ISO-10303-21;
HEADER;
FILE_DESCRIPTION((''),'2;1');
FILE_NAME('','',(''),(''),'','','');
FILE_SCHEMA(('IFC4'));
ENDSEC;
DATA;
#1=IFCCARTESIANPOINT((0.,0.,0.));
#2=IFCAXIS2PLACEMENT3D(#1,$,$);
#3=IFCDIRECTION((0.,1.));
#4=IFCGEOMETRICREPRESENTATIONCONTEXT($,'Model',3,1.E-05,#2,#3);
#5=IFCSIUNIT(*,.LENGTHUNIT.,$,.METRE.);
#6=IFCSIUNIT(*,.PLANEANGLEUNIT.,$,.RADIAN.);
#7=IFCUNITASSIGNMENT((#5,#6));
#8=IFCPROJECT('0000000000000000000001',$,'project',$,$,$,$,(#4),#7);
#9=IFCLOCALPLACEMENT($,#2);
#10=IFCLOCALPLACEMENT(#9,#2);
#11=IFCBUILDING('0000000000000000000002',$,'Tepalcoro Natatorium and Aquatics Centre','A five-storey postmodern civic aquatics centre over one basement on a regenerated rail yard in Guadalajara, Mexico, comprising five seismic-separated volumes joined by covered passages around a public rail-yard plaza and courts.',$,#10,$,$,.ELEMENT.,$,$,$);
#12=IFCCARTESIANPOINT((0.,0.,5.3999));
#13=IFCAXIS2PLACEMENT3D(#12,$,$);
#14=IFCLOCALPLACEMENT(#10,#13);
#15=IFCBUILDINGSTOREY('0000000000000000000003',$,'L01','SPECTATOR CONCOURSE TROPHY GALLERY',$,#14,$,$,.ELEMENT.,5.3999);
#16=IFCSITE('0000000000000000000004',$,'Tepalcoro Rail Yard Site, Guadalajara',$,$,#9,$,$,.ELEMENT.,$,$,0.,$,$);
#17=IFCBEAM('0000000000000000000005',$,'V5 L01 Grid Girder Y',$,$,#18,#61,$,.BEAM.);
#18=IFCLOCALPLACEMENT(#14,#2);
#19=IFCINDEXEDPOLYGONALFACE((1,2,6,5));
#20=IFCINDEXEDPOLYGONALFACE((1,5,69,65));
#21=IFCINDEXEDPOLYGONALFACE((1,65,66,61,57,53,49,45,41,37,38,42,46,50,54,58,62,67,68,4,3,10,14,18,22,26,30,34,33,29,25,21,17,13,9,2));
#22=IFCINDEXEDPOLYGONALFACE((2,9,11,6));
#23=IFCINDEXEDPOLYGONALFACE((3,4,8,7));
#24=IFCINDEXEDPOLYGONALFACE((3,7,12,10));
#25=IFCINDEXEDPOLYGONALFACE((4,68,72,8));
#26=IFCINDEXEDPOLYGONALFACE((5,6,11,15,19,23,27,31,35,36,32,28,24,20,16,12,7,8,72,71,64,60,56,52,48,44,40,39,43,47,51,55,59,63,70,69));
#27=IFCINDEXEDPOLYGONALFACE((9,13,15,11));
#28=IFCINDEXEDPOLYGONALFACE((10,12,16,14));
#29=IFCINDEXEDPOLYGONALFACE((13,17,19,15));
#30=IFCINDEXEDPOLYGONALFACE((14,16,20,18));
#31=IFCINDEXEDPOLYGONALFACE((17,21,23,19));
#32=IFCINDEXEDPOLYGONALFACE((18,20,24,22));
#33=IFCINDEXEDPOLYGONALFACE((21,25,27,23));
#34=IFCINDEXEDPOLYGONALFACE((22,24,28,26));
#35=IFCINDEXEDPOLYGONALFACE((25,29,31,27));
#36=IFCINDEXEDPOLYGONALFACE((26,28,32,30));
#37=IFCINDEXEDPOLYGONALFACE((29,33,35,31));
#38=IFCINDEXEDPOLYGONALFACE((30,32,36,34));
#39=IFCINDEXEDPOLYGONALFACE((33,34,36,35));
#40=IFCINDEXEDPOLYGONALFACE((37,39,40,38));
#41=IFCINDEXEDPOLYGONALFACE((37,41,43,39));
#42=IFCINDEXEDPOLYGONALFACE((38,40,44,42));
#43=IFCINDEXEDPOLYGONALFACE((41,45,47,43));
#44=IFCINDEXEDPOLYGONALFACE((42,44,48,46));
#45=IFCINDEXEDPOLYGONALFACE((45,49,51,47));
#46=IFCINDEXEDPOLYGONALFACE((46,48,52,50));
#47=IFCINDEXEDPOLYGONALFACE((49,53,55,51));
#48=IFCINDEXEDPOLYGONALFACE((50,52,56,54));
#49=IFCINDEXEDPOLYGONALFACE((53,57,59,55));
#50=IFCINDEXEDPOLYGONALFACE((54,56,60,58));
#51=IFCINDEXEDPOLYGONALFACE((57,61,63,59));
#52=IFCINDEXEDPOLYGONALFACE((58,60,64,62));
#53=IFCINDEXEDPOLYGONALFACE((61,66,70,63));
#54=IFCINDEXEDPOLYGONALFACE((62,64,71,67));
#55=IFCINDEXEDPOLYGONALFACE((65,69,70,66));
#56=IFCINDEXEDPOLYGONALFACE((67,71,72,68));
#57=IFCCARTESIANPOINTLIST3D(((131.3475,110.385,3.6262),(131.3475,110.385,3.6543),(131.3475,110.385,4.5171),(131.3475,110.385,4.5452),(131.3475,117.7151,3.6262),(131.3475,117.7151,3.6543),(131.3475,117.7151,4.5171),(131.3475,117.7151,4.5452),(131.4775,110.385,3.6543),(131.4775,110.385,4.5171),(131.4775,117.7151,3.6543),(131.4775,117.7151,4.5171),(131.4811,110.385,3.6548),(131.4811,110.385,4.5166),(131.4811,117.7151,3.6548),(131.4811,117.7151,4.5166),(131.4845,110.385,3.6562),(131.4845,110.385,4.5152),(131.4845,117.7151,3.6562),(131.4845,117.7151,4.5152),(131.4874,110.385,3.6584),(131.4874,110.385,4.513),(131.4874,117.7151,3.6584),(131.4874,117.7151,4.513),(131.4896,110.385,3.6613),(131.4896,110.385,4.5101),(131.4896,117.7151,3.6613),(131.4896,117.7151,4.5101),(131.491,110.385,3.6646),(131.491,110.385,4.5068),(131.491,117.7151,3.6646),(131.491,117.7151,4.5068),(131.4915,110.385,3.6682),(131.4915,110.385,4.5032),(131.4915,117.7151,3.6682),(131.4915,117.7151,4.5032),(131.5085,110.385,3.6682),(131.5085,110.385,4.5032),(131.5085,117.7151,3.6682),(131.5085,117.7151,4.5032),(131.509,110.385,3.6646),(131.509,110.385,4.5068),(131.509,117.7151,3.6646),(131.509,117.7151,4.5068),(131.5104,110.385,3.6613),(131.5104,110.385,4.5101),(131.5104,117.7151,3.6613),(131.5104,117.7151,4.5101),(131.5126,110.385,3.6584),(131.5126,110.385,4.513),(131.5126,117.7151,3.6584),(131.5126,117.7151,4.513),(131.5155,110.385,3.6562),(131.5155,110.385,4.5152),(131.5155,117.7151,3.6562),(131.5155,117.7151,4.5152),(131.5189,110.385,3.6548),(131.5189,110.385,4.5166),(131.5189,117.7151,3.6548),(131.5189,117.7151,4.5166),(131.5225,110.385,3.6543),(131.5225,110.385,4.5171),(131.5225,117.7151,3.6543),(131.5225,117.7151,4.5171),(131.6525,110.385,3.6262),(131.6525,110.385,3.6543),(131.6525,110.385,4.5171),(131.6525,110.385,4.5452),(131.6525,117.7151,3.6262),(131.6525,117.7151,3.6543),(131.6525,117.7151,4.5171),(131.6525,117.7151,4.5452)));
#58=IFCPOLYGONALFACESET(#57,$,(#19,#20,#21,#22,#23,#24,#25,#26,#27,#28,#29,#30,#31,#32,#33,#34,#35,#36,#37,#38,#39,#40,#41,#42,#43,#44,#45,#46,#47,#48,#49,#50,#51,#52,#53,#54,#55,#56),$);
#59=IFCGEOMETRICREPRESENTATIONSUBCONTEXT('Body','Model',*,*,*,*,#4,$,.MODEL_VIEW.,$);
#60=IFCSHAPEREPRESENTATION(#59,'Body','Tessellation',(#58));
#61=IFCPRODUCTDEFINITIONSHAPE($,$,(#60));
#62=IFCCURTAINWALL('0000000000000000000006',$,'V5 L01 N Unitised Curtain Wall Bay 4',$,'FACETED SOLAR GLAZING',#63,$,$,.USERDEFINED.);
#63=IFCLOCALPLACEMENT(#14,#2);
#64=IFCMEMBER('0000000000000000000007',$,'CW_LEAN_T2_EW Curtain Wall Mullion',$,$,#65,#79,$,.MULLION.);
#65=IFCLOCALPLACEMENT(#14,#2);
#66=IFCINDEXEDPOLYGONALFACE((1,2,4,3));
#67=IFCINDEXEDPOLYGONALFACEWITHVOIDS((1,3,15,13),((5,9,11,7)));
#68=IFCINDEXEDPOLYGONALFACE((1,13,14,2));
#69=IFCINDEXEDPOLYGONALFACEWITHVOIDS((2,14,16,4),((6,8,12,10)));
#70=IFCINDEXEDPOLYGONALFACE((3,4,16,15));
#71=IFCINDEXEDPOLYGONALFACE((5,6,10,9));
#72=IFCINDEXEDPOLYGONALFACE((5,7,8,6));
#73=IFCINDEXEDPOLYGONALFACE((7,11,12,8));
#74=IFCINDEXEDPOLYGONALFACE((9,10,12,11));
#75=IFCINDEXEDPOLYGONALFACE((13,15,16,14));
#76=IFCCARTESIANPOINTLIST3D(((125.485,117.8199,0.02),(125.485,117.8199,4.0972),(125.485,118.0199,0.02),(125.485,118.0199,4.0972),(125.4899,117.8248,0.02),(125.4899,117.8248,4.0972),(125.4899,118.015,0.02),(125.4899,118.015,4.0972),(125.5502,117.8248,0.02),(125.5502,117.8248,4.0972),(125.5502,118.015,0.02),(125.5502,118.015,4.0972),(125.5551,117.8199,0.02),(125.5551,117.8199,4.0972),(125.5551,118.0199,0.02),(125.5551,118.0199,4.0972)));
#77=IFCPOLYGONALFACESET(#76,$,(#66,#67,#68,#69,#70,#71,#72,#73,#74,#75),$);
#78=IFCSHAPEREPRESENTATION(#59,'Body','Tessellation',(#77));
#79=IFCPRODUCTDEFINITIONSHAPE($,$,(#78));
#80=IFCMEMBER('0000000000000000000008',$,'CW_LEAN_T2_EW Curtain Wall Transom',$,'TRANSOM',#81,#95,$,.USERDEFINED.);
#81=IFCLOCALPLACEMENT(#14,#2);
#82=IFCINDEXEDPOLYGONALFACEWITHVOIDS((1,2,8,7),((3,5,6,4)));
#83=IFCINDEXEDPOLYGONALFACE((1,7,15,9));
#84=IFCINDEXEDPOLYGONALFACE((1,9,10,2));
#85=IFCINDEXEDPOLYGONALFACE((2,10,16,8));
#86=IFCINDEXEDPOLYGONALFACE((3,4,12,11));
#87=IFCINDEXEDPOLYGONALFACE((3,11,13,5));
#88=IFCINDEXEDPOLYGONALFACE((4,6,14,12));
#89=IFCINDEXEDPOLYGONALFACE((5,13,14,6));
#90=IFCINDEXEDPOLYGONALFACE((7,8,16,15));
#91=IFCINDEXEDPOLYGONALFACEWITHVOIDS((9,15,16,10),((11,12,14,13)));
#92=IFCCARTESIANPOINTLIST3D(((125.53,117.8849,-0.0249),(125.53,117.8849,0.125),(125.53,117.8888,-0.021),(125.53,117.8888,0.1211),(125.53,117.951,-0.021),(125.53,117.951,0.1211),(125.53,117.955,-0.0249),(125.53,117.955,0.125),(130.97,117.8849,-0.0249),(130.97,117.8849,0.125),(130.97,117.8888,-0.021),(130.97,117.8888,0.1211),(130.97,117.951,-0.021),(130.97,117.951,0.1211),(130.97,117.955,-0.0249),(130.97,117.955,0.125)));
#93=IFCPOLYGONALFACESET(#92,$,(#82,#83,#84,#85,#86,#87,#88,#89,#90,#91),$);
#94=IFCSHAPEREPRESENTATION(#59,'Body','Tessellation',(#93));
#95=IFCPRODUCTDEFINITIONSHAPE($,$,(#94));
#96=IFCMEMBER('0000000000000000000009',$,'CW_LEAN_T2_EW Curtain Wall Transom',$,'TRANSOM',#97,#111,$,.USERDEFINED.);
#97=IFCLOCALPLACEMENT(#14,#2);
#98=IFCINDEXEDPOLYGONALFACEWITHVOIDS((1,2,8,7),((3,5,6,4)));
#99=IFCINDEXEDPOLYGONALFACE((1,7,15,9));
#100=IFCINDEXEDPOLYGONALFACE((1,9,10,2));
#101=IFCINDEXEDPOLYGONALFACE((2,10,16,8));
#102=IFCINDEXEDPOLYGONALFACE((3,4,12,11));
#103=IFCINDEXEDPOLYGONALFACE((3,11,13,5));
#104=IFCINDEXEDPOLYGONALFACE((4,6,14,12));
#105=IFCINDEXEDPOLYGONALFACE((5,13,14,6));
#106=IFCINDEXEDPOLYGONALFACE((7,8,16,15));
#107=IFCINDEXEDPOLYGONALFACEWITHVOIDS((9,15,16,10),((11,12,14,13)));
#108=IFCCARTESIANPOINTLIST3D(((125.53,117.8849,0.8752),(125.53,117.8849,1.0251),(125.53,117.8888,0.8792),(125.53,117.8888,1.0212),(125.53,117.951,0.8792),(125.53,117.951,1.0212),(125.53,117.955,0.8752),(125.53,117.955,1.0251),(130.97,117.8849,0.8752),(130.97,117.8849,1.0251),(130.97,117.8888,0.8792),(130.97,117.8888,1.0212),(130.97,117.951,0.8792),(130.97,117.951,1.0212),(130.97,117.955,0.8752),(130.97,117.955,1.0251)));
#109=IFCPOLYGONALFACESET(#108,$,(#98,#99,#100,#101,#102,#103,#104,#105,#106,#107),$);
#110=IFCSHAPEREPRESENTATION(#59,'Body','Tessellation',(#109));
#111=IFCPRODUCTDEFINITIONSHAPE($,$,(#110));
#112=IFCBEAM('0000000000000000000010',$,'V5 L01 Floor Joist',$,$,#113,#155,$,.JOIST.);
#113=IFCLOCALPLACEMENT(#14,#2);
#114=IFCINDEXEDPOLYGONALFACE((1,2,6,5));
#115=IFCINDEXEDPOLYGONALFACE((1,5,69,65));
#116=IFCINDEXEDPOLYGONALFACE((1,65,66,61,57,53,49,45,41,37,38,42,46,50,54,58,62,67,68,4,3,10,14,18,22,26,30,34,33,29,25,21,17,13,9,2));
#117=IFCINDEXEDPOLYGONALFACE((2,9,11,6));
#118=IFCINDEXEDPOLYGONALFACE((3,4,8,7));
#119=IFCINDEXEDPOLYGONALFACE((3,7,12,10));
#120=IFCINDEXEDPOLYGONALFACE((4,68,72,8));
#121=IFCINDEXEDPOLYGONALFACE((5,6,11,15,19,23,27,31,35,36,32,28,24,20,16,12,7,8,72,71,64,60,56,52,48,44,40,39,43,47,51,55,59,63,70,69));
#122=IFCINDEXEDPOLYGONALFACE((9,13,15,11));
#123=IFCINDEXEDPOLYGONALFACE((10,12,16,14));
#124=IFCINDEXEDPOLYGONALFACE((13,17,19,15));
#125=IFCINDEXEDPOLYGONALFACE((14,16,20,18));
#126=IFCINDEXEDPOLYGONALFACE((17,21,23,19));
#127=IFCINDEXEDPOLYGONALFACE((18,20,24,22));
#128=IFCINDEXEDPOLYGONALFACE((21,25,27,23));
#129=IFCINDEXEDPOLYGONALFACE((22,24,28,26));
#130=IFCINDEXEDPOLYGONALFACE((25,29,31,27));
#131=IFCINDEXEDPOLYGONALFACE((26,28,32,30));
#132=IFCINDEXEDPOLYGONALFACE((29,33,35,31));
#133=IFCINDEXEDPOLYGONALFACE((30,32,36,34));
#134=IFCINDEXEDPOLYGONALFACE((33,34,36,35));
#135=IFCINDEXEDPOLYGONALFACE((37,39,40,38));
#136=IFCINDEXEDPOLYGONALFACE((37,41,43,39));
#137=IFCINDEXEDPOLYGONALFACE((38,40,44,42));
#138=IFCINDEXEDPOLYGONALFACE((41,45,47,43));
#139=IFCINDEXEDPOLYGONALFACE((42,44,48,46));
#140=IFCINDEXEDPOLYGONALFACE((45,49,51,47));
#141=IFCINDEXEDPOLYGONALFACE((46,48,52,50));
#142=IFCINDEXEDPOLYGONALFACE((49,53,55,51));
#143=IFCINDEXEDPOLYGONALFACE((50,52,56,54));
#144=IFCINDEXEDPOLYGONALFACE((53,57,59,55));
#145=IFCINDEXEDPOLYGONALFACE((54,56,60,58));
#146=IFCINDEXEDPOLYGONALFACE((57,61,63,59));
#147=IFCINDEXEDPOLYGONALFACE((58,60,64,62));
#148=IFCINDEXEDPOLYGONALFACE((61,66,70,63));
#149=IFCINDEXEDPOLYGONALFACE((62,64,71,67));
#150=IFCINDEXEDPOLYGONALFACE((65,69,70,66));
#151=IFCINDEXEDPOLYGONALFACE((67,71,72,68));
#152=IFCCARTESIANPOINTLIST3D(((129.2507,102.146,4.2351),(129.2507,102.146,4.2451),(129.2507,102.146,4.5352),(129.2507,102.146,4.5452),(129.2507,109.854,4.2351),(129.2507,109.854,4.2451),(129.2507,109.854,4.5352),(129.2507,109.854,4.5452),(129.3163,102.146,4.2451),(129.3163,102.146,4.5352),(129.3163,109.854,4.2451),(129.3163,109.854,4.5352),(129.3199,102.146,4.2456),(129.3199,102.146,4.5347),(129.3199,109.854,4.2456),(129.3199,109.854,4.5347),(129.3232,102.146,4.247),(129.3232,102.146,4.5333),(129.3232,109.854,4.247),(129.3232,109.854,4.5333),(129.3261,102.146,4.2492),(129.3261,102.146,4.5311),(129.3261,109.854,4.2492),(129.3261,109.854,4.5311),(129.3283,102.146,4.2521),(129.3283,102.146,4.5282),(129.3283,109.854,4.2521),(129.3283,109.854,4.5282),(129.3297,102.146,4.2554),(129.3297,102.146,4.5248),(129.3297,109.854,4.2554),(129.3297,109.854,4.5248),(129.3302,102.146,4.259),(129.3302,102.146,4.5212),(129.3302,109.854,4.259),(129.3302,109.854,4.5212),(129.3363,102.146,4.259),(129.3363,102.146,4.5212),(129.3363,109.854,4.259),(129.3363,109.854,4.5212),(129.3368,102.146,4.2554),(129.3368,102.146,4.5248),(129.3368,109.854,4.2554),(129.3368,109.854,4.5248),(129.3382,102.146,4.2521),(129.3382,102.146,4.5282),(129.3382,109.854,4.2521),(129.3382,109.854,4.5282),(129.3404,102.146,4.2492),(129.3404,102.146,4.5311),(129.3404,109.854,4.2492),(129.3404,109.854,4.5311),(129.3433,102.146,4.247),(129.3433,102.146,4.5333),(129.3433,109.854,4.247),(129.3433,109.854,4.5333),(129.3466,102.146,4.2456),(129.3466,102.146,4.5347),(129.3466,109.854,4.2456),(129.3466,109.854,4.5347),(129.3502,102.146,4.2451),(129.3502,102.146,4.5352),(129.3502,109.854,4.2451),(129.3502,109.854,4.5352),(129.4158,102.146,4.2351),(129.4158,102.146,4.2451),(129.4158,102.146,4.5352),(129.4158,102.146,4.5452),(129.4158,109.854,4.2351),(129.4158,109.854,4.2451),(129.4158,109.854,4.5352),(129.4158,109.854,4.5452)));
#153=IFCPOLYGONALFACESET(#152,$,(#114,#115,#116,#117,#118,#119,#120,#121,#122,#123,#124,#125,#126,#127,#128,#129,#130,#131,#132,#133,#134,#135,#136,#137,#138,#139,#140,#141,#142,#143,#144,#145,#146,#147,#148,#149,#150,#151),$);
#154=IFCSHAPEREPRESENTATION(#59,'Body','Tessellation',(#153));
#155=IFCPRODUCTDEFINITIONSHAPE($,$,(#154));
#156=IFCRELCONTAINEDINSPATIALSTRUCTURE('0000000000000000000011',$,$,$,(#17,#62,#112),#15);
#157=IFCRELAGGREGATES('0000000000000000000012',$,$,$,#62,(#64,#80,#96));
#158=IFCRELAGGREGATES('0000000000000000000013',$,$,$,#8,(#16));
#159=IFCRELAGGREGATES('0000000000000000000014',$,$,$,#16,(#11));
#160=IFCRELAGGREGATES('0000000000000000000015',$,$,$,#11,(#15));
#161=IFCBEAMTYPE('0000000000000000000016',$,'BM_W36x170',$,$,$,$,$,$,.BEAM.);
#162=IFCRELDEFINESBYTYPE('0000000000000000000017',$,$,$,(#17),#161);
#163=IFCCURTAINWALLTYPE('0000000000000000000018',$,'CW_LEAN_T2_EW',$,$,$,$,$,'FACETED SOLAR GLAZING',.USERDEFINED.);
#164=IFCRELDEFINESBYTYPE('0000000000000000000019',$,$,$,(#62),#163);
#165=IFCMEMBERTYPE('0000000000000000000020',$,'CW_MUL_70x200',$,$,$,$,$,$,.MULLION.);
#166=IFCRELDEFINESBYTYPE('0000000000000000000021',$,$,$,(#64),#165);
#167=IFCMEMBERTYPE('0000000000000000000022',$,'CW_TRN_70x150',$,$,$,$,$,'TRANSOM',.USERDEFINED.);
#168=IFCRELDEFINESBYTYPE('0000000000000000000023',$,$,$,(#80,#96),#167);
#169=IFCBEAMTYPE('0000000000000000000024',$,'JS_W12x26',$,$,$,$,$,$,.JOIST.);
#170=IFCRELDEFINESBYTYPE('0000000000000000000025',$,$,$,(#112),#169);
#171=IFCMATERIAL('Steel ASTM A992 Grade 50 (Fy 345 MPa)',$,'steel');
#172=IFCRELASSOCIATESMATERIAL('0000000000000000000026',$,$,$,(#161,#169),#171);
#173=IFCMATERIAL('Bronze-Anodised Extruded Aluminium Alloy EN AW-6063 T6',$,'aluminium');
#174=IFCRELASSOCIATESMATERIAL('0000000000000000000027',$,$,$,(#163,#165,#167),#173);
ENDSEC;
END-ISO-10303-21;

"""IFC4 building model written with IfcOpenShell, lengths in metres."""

from ifc_helpers import new_model, si_unit, direction, frame, origin, origin_2d, place, context, subcontext, project, spatial, hollow_rectangle, i_section, extrude, material, material_profile, profile_set, type_object, element, aggregate, save


model = new_model("IFC4")

# Units and contexts
model_context = context("Model", 3, precision=1e-05, world=origin(), true_north=direction((0.0, 1.0)))
body_context = subcontext(model_context, "Body", "Model", "MODEL_VIEW")
ifc_project = project(units=[si_unit("LENGTHUNIT", "METRE"), si_unit("PLANEANGLEUNIT", "RADIAN")], contexts=[model_context])

# Site, building, storey
site_placement = place(None, origin())
site = spatial("IfcSite", under=ifc_project, at=site_placement, Name="Tepalcoro Rail Yard Site, Guadalajara", CompositionType="ELEMENT", RefElevation=0.0)
building_placement = place(site_placement, origin())
building = spatial("IfcBuilding", under=site, at=building_placement, Name="Tepalcoro Natatorium and Aquatics Centre", Description="A five-storey postmodern civic aquatics centre over one basement on a regenerated rail yard in Guadalajara, Mexico, comprising five seismic-separated volumes joined by covered passages around a public rail-yard plaza and courts.", CompositionType="ELEMENT")
storey_placement = place(building_placement, frame((0.0, 0.0, 5.3999)))
storey = spatial("IfcBuildingStorey", under=building, at=storey_placement, Name="L01", Description="SPECTATOR CONCOURSE TROPHY GALLERY", CompositionType="ELEMENT", Elevation=5.3999)

# Beam
ifc_material_1 = material(Name="Steel ASTM A992 Grade 50 (Fy 345 MPa)", Category="steel")
ifc_material_profile_1 = material_profile(ifc_material_1, i_section(OverallWidth=0.3049, OverallDepth=0.9189, WebThickness=0.0171, FlangeThickness=0.0281, FilletRadius=0.0139, at=origin_2d()), Name="W36X170")
ifc_profile_set_1 = profile_set([ifc_material_profile_1], Name="Steel ASTM A992 Grade 50 (Fy 345 MPa)")
beam_type_1 = type_object("IfcBeamType", Name="BM_W36x170", PredefinedType="BEAM", material=ifc_profile_set_1)
beam_1_placement = place(storey_placement, frame((131.5, 110.385, 4.0857), z_axis=(0.0, 1.0, 0.0), x_axis=(-1.0, 0.0, 0.0)))
element("IfcBeam", 1, at=beam_1_placement, inside=storey, type_object=beam_type_1, Name="V5 L01 Grid Girder Y", PredefinedType="BEAM", context=body_context, shape_type="SweptSolid", body=[
    extrude(i_section(OverallWidth=0.3049, OverallDepth=0.9189, WebThickness=0.0171, FlangeThickness=0.0281, FilletRadius=0.0139, at=origin_2d()), origin(), (0.0, 0.0, 1.0), 7.3301),
])

# Curtain wall, members
ifc_material_2 = material(Name="Bronze-Anodised Extruded Aluminium Alloy EN AW-6063 T6", Category="aluminium")
curtain_wall_type = type_object("IfcCurtainWallType", Name="CW_LEAN_T2_EW", ElementType="FACETED SOLAR GLAZING", PredefinedType="USERDEFINED", material=ifc_material_2)
curtain_wall_placement = place(storey_placement, origin())
curtain_wall = element("IfcCurtainWall", 2, at=curtain_wall_placement, inside=storey, type_object=curtain_wall_type, Name="V5 L01 N Unitised Curtain Wall Bay 4", ObjectType="FACETED SOLAR GLAZING", PredefinedType="USERDEFINED")
ifc_material_profile_2 = material_profile(ifc_material_2, hollow_rectangle(XDim=0.0701, YDim=0.2, WallThickness=0.0049, at=origin_2d()), Name="AL70X200X5")
ifc_profile_set_2 = profile_set([ifc_material_profile_2], Name="Bronze-Anodised Extruded Aluminium Alloy EN AW-6063 T6")
member_type_1 = type_object("IfcMemberType", Name="CW_MUL_70x200", PredefinedType="MULLION", material=ifc_profile_set_2)
member_1_placement = place(storey_placement, frame((125.52, 117.9199, 0.02), z_axis=(0.0, 0.0, 1.0), x_axis=(1.0, 0.0, 0.0)))
member_1 = element("IfcMember", 3, at=member_1_placement, type_object=member_type_1, Name="CW_LEAN_T2_EW Curtain Wall Mullion", PredefinedType="MULLION", context=body_context, shape_type="SweptSolid", body=[
    extrude(hollow_rectangle(XDim=0.0701, YDim=0.2, WallThickness=0.0049, at=origin_2d()), origin(), (0.0, 0.0, 1.0), 4.0771),
])
ifc_material_profile_3 = material_profile(ifc_material_2, hollow_rectangle(XDim=0.0701, YDim=0.1499, WallThickness=0.0039, at=origin_2d()), Name="AL70X150X4")
ifc_profile_set_3 = profile_set([ifc_material_profile_3], Name="Bronze-Anodised Extruded Aluminium Alloy EN AW-6063 T6")
member_type_2 = type_object("IfcMemberType", Name="CW_TRN_70x150", ElementType="TRANSOM", PredefinedType="USERDEFINED", material=ifc_profile_set_3)
member_2_placement = place(storey_placement, frame((125.53, 117.9199, 0.05), z_axis=(1.0, 0.0, 0.0), x_axis=(0.0, 1.0, 0.0)))
member_2 = element("IfcMember", 4, at=member_2_placement, type_object=member_type_2, Name="CW_LEAN_T2_EW Curtain Wall Transom", ObjectType="TRANSOM", PredefinedType="USERDEFINED", context=body_context, shape_type="SweptSolid", body=[
    extrude(hollow_rectangle(XDim=0.0701, YDim=0.1499, WallThickness=0.0039, at=origin_2d()), origin(), (0.0, 0.0, 1.0), 5.4399),
])
member_3_placement = place(storey_placement, frame((125.53, 117.9199, 0.9502), z_axis=(1.0, 0.0, 0.0), x_axis=(0.0, 1.0, 0.0)))
member_3 = element("IfcMember", 5, at=member_3_placement, type_object=member_type_2, Name="CW_LEAN_T2_EW Curtain Wall Transom", ObjectType="TRANSOM", PredefinedType="USERDEFINED", context=body_context, shape_type="SweptSolid", body=[
    extrude(hollow_rectangle(XDim=0.0701, YDim=0.1499, WallThickness=0.0039, at=origin_2d()), origin(), (0.0, 0.0, 1.0), 5.4399),
])
aggregate(curtain_wall, [member_1, member_2, member_3])

# Beam
ifc_material_profile_4 = material_profile(ifc_material_1, i_section(OverallWidth=0.165, OverallDepth=0.3101, WebThickness=0.0061, FlangeThickness=0.01, FilletRadius=0.0139, at=origin_2d()), Name="W12X26")
ifc_profile_set_4 = profile_set([ifc_material_profile_4], Name="Steel ASTM A992 Grade 50 (Fy 345 MPa)")
beam_type_2 = type_object("IfcBeamType", Name="JS_W12x26", PredefinedType="JOIST", material=ifc_profile_set_4)
beam_2_placement = place(storey_placement, frame((129.3333, 102.146, 4.3901), z_axis=(0.0, 1.0, 0.0), x_axis=(-1.0, 0.0, 0.0)))
element("IfcBeam", 6, at=beam_2_placement, inside=storey, type_object=beam_type_2, Name="V5 L01 Floor Joist", PredefinedType="JOIST", context=body_context, shape_type="SweptSolid", body=[
    extrude(i_section(OverallWidth=0.165, OverallDepth=0.3101, WebThickness=0.0061, FlangeThickness=0.01, FilletRadius=0.0139, at=origin_2d()), origin(), (0.0, 0.0, 1.0), 7.708),
])

save(model, "model.ifc")
